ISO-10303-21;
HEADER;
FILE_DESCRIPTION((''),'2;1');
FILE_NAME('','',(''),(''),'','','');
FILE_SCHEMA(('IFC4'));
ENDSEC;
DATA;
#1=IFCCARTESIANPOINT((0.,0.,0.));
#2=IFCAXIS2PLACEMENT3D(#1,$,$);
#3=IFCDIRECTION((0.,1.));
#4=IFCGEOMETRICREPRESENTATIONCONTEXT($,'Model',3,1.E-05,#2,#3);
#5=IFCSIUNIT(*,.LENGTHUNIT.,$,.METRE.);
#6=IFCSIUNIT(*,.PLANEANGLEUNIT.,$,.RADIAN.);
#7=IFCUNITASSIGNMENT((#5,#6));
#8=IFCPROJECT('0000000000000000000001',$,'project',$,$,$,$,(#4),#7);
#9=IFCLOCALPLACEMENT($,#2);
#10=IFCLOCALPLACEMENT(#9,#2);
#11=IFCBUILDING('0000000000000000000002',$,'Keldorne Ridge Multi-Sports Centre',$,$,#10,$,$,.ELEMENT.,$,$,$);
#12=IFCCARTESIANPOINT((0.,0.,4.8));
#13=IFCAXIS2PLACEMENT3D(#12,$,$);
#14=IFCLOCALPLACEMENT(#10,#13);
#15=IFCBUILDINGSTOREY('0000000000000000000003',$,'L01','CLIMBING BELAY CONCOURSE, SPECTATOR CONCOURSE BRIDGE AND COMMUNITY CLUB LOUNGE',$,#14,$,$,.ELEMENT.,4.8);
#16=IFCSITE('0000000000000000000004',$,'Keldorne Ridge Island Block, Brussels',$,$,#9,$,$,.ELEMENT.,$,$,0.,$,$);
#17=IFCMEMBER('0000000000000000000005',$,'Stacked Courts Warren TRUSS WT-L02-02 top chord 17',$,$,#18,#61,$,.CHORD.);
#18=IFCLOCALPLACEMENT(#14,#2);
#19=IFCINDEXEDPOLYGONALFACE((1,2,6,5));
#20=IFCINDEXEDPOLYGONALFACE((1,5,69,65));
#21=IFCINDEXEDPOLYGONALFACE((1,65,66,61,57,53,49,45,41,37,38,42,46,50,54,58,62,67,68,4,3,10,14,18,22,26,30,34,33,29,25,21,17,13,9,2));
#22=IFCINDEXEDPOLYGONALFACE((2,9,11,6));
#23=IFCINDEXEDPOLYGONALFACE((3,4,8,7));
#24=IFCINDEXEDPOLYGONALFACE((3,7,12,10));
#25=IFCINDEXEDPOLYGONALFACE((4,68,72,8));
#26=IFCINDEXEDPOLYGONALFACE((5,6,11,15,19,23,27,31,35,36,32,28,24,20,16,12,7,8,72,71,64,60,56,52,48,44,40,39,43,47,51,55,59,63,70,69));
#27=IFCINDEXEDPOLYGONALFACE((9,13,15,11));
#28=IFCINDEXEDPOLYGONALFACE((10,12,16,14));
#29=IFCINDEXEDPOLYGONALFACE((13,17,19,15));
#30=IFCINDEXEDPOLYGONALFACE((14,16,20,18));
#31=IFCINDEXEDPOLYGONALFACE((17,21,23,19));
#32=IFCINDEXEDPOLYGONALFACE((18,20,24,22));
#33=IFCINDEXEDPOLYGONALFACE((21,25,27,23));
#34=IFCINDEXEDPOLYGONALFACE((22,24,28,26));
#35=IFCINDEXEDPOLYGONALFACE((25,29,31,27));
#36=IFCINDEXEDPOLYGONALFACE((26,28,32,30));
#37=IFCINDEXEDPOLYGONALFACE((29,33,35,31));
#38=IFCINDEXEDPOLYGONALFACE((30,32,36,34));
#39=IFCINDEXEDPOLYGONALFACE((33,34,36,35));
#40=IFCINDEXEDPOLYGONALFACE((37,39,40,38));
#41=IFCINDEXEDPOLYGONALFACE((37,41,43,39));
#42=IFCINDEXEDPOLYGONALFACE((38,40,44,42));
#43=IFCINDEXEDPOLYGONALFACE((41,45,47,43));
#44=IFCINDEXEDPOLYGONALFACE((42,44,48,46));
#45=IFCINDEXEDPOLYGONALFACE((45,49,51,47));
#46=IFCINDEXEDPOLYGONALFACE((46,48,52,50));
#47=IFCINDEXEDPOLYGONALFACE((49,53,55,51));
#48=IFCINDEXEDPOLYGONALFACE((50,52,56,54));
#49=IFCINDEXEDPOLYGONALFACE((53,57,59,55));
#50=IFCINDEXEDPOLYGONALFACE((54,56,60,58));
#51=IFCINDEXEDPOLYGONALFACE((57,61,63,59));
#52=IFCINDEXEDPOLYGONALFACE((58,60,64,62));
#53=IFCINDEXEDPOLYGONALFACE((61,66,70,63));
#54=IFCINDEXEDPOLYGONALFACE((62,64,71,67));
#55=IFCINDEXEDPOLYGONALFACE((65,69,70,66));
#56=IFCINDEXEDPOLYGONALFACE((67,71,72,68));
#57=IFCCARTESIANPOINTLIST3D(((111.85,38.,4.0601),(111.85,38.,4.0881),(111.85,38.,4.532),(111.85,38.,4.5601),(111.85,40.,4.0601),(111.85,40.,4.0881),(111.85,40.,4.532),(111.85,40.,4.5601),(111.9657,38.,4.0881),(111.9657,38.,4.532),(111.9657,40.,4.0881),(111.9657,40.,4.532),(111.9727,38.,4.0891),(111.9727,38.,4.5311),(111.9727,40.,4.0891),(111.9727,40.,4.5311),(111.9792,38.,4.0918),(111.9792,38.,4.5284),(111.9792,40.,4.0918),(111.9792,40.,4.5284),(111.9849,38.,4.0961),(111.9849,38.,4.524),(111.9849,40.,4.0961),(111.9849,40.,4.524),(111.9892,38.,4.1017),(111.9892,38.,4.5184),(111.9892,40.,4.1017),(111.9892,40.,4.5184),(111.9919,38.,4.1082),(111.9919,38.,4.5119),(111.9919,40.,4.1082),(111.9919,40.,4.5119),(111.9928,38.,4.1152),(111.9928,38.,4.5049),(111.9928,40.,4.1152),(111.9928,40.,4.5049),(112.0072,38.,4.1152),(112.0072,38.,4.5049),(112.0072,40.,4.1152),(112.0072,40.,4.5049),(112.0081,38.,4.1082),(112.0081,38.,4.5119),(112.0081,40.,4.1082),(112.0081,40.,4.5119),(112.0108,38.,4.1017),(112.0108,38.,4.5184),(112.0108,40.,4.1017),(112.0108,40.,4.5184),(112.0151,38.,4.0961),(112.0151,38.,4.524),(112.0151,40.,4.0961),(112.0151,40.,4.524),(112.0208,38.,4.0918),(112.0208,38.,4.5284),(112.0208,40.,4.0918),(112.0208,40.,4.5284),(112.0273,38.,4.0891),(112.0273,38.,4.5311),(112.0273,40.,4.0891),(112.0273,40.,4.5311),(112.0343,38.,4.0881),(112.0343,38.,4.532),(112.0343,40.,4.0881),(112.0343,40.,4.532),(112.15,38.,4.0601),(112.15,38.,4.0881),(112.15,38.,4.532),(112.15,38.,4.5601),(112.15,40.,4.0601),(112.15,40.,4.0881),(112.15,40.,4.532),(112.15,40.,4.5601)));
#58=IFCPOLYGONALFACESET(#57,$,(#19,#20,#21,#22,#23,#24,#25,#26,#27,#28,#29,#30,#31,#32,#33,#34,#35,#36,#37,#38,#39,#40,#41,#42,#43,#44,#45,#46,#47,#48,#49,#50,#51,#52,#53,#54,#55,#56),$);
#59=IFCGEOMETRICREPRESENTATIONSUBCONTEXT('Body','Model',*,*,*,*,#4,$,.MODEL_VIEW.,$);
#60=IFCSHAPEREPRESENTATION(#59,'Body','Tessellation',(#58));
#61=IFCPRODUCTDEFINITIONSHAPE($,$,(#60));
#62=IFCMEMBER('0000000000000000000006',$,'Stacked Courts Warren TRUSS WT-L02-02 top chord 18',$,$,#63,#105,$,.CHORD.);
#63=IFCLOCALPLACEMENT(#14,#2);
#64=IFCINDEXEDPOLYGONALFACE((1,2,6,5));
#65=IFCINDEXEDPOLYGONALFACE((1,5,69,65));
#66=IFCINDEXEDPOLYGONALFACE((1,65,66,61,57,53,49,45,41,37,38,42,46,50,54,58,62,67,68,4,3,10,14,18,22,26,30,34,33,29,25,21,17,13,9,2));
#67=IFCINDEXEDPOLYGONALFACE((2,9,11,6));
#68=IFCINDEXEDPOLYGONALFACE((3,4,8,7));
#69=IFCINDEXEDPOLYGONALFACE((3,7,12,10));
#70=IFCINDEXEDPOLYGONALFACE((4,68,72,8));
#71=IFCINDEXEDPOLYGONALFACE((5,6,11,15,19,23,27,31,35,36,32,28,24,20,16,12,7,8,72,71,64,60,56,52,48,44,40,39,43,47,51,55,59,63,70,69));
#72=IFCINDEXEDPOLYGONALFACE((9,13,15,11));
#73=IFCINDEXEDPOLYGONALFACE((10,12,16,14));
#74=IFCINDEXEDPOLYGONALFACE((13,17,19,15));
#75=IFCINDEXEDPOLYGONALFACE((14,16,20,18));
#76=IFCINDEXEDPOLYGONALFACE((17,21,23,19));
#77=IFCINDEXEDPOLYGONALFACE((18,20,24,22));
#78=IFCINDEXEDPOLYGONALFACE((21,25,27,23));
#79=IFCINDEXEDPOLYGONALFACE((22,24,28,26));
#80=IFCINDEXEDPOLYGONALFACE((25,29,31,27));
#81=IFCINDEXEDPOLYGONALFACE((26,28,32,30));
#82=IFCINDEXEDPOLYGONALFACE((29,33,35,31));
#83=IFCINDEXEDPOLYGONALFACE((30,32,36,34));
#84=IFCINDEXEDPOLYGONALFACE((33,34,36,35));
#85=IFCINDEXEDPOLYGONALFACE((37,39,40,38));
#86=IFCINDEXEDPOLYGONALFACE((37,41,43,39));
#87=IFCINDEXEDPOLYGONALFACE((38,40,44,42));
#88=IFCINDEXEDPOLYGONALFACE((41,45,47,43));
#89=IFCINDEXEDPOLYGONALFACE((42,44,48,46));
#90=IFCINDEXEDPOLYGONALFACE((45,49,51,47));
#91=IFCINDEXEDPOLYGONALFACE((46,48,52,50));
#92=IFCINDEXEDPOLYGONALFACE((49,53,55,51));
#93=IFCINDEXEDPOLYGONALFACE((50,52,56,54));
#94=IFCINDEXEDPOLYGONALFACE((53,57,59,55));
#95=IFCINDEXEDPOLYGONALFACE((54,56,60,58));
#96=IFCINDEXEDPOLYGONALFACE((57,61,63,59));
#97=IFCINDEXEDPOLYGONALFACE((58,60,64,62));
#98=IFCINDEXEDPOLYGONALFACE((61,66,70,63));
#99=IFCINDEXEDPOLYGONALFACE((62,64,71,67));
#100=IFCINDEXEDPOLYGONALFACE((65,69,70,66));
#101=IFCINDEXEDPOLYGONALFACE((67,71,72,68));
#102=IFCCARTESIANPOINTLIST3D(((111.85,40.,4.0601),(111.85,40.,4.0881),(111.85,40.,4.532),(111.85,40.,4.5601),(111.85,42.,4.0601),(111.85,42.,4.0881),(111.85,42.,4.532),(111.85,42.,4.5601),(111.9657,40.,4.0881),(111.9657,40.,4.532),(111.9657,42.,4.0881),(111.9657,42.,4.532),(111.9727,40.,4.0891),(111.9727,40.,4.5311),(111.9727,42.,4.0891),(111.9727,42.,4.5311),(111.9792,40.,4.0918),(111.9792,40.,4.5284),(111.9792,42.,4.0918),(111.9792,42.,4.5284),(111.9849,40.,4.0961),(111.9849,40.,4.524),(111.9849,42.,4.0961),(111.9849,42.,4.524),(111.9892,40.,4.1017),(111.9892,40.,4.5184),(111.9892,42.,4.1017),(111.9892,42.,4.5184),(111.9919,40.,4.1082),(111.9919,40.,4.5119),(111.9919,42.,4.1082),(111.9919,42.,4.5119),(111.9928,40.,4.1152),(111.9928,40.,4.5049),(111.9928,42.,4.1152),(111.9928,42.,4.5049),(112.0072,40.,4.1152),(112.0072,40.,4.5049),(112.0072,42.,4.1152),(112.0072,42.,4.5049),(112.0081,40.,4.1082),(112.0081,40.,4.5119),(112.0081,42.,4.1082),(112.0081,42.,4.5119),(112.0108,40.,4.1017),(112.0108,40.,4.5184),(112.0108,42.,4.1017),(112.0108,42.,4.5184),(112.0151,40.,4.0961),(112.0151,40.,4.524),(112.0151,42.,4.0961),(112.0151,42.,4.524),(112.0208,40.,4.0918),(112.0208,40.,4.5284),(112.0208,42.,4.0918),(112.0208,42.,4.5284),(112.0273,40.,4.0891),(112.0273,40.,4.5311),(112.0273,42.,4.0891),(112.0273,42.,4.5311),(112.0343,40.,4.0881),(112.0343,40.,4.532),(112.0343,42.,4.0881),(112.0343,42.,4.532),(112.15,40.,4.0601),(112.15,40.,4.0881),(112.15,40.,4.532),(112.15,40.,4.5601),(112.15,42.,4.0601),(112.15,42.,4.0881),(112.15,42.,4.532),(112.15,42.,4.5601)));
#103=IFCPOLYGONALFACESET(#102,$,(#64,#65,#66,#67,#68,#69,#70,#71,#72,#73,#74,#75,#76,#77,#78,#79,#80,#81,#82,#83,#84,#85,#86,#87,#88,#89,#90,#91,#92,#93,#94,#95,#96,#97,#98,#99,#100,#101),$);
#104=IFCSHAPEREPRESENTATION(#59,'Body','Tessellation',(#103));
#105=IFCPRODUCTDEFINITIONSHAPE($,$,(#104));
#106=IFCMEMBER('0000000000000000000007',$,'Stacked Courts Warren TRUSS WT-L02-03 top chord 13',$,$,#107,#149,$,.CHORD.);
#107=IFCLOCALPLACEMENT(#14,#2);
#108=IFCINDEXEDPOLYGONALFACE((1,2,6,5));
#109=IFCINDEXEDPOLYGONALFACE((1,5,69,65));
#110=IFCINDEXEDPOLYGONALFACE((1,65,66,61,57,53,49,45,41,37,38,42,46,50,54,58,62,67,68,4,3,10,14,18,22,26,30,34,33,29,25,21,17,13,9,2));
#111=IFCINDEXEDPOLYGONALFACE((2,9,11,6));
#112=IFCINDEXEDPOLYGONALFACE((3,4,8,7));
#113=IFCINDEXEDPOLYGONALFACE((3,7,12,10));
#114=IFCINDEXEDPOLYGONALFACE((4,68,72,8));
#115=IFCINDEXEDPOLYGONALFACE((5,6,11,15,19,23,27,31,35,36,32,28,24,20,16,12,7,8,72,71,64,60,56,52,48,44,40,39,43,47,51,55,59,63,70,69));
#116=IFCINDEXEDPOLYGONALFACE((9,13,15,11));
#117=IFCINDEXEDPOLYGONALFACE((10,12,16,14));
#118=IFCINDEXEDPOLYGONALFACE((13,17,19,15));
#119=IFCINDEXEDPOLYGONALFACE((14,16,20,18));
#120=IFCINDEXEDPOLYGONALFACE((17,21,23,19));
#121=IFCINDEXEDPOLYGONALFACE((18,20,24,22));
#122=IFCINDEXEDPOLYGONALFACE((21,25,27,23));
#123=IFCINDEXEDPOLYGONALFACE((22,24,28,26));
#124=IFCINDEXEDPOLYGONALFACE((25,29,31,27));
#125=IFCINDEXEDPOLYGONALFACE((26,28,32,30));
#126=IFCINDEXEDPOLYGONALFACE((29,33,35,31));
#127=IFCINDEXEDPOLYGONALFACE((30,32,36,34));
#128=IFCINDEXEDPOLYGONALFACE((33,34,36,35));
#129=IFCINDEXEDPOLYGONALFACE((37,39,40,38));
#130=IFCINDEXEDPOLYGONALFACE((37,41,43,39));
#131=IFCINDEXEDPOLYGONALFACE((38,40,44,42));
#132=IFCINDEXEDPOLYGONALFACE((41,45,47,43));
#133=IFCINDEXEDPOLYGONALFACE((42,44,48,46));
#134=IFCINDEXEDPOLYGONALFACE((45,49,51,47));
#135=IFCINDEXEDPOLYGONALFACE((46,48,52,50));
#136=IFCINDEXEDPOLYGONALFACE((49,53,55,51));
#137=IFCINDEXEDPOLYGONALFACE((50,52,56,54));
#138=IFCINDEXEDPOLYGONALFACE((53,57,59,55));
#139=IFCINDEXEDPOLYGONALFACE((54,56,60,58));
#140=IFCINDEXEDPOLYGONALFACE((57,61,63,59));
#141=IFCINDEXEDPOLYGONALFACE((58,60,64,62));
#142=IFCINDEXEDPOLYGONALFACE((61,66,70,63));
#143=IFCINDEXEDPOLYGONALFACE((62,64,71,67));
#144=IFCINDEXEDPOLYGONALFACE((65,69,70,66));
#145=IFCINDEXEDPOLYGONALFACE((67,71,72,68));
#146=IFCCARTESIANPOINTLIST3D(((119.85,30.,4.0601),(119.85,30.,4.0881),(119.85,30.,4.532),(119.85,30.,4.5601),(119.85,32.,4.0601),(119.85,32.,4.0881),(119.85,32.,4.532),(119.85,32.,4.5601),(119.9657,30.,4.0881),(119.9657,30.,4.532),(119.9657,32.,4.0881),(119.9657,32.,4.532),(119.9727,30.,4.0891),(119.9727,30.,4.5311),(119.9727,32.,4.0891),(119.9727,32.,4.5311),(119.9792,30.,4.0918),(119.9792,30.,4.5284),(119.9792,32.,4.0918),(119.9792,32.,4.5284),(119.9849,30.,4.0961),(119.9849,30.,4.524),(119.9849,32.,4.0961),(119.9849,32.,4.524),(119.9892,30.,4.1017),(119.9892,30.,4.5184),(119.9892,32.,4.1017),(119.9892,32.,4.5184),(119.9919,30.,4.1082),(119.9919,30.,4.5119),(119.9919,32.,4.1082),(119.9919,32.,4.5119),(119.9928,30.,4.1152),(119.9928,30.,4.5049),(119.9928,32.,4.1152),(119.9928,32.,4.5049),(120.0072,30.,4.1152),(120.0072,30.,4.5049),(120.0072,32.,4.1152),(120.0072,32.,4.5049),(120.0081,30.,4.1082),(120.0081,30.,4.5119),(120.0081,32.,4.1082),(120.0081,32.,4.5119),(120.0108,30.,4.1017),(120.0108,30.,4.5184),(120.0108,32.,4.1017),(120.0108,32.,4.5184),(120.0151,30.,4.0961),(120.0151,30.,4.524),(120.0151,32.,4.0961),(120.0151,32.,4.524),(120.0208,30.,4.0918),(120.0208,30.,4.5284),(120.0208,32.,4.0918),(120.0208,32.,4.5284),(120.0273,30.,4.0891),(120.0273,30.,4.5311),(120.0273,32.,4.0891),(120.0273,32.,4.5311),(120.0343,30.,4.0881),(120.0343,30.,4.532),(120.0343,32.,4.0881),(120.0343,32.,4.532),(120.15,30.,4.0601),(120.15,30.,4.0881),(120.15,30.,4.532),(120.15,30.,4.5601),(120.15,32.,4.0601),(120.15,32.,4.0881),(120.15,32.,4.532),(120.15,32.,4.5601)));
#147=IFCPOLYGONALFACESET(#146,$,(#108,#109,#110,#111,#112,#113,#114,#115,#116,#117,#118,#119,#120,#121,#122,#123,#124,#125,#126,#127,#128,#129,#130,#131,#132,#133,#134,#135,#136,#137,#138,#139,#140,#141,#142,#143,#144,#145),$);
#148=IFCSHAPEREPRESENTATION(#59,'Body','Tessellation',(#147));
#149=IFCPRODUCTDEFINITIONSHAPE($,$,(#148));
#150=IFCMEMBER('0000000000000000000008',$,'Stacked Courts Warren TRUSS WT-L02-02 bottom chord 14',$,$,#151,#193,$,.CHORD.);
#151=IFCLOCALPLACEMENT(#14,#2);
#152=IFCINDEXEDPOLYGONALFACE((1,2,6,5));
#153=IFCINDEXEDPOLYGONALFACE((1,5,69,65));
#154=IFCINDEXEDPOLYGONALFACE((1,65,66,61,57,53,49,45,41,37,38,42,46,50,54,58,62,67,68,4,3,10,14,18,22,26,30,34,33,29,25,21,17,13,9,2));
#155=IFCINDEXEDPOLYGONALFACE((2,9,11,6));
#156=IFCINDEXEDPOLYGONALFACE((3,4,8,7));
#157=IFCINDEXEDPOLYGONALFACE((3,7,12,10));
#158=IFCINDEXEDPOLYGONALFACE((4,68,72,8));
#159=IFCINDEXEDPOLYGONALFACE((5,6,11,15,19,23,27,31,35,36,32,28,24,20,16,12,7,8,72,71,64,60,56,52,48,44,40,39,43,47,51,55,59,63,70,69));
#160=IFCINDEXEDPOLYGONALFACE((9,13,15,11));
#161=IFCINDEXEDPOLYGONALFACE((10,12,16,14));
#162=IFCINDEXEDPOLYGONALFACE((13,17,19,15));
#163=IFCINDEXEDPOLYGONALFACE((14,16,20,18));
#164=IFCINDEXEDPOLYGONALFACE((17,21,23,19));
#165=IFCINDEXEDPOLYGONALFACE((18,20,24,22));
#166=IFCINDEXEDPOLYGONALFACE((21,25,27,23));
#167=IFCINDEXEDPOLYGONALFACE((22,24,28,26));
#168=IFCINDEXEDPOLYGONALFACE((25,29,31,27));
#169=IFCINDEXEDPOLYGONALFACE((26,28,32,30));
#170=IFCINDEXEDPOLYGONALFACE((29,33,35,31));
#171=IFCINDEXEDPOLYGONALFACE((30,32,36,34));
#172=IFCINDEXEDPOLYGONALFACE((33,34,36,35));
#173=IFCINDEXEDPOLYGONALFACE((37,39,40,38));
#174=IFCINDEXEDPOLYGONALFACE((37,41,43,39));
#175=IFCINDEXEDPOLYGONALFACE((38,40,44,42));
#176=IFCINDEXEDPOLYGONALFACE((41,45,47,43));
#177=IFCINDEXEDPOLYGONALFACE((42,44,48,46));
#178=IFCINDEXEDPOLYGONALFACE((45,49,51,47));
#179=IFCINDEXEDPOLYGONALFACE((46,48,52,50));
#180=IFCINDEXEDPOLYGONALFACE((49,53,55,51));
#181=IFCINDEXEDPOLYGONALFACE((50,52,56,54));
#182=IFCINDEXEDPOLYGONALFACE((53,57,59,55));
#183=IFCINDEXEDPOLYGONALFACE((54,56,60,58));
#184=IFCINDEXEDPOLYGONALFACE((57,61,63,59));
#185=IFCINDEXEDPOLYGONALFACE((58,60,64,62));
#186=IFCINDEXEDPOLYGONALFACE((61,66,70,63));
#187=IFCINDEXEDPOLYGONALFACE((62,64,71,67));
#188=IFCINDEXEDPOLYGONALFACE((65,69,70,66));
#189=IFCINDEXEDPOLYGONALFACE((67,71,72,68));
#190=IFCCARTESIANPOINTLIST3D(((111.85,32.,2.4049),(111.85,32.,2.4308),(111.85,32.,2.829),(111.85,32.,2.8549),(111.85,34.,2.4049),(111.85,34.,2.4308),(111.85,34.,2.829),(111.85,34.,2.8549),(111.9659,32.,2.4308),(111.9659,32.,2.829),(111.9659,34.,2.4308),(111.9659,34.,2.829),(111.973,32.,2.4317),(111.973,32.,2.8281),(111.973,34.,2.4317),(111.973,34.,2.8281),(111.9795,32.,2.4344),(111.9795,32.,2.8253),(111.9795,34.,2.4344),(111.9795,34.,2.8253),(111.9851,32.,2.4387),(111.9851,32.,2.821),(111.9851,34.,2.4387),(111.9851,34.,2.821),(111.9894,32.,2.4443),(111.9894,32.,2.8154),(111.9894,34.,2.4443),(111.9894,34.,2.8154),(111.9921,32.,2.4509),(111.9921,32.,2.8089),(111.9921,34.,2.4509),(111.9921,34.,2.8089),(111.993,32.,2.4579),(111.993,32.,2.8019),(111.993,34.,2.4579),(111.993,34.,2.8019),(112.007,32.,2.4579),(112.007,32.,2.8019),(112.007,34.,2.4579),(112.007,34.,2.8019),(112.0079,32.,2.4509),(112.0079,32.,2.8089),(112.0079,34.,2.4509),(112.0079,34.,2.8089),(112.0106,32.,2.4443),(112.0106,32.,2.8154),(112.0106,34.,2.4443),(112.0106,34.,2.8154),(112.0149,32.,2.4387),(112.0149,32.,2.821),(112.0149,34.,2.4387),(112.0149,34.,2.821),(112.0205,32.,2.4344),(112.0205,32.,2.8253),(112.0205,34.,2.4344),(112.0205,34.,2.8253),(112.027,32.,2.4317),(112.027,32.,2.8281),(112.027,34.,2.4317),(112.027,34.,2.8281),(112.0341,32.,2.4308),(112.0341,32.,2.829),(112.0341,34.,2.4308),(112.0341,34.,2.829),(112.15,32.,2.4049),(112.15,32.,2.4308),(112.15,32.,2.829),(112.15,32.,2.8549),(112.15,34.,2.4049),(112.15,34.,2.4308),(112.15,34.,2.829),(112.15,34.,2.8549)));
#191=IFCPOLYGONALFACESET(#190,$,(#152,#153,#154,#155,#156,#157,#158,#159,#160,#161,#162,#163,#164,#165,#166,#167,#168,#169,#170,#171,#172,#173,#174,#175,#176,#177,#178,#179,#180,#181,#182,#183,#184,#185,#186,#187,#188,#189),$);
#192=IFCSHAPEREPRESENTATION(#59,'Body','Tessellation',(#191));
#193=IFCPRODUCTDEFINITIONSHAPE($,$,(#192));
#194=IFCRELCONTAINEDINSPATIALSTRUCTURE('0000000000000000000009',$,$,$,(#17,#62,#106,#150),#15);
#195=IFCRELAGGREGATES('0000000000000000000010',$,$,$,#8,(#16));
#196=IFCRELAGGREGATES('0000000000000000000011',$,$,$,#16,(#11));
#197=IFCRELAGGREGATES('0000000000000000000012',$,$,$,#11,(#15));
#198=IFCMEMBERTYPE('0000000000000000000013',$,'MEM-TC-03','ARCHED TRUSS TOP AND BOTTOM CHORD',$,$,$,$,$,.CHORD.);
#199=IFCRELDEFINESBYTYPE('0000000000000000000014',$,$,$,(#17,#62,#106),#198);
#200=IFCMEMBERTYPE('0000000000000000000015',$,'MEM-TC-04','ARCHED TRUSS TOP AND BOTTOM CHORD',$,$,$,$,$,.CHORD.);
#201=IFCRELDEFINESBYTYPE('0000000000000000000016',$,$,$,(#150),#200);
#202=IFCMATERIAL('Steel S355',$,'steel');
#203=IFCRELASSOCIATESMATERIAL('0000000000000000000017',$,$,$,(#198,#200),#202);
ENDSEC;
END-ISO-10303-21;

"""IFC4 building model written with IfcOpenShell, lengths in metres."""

from ifc_helpers import new_model, si_unit, direction, frame, origin, origin_2d, place, context, subcontext, project, spatial, i_section, extrude, material, material_profile, profile_set, type_object, element, save


model = new_model("IFC4")

# Units and contexts
model_context = context("Model", 3, precision=1e-05, world=origin(), true_north=direction((0.0, 1.0)))
body_context = subcontext(model_context, "Body", "Model", "MODEL_VIEW")
ifc_project = project(units=[si_unit("LENGTHUNIT", "METRE"), si_unit("PLANEANGLEUNIT", "RADIAN")], contexts=[model_context])

# Site, building, storey
site_placement = place(None, origin())
site = spatial("IfcSite", under=ifc_project, at=site_placement, Name="Keldorne Ridge Island Block, Brussels", CompositionType="ELEMENT", RefElevation=0.0)
building_placement = place(site_placement, origin())
building = spatial("IfcBuilding", under=site, at=building_placement, Name="Keldorne Ridge Multi-Sports Centre", CompositionType="ELEMENT")
storey_placement = place(building_placement, frame((0.0, 0.0, 4.8)))
storey = spatial("IfcBuildingStorey", under=building, at=storey_placement, Name="L01", Description="CLIMBING BELAY CONCOURSE, SPECTATOR CONCOURSE BRIDGE AND COMMUNITY CLUB LOUNGE", CompositionType="ELEMENT", Elevation=4.8)

# Shared definitions
ifc_material_1 = material(Name="Steel S355", Category="steel")

# Members
ifc_material_profile_1 = material_profile(ifc_material_1, i_section(OverallWidth=0.3, OverallDepth=0.5, WebThickness=0.0144, FlangeThickness=0.0281, FilletRadius=0.0271, at=origin_2d()), Name="HEB 500")
ifc_profile_set_1 = profile_set([ifc_material_profile_1], Name="Steel S355")
member_type_1 = type_object("IfcMemberType", Name="MEM-TC-03", Description="ARCHED TRUSS TOP AND BOTTOM CHORD", PredefinedType="CHORD", material=ifc_profile_set_1)
for number, where, z_axis, x_axis, name in (
    (1, (112.0, 38.0, 4.3101), (0.0, 1.0, 0.0), (-1.0, 0.0, 0.0), "Stacked Courts Warren TRUSS WT-L02-02 top chord 17"),
    (2, (112.0, 40.0, 4.3101), (0.0, 1.0, 0.0), (-1.0, 0.0, 0.0), "Stacked Courts Warren TRUSS WT-L02-02 top chord 18"),
    (3, (120.0, 30.0, 4.3101), (0.0, 1.0, 0.0), (-1.0, 0.0, 0.0), "Stacked Courts Warren TRUSS WT-L02-03 top chord 13"),
):
    element("IfcMember", number, at=place(storey_placement, frame(where, z_axis=z_axis, x_axis=x_axis)), inside=storey, type_object=member_type_1, Name=name, PredefinedType="CHORD", context=body_context, shape_type="SweptSolid", body=[
        extrude(i_section(OverallWidth=0.3, OverallDepth=0.5, WebThickness=0.0144, FlangeThickness=0.0281, FilletRadius=0.0271, at=origin_2d()), origin(), (0.0, 0.0, 1.0), 2.0),
    ])
ifc_material_profile_2 = material_profile(ifc_material_1, i_section(OverallWidth=0.3, OverallDepth=0.45, WebThickness=0.0139, FlangeThickness=0.0259, FilletRadius=0.0271, at=origin_2d()), Name="HEB 450")
ifc_profile_set_2 = profile_set([ifc_material_profile_2], Name="Steel S355")
member_type_2 = type_object("IfcMemberType", Name="MEM-TC-04", Description="ARCHED TRUSS TOP AND BOTTOM CHORD", PredefinedType="CHORD", material=ifc_profile_set_2)
for number, where, z_axis, x_axis, name in (
    (4, (112.0, 32.0, 2.6299), (0.0, 1.0, 0.0), (-1.0, 0.0, 0.0), "Stacked Courts Warren TRUSS WT-L02-02 bottom chord 14"),
):
    element("IfcMember", number, at=place(storey_placement, frame(where, z_axis=z_axis, x_axis=x_axis)), inside=storey, type_object=member_type_2, Name=name, PredefinedType="CHORD", context=body_context, shape_type="SweptSolid", body=[
        extrude(i_section(OverallWidth=0.3, OverallDepth=0.45, WebThickness=0.0139, FlangeThickness=0.0259, FilletRadius=0.0271, at=origin_2d()), origin(), (0.0, 0.0, 1.0), 2.0),
    ])

save(model, "model.ifc")
